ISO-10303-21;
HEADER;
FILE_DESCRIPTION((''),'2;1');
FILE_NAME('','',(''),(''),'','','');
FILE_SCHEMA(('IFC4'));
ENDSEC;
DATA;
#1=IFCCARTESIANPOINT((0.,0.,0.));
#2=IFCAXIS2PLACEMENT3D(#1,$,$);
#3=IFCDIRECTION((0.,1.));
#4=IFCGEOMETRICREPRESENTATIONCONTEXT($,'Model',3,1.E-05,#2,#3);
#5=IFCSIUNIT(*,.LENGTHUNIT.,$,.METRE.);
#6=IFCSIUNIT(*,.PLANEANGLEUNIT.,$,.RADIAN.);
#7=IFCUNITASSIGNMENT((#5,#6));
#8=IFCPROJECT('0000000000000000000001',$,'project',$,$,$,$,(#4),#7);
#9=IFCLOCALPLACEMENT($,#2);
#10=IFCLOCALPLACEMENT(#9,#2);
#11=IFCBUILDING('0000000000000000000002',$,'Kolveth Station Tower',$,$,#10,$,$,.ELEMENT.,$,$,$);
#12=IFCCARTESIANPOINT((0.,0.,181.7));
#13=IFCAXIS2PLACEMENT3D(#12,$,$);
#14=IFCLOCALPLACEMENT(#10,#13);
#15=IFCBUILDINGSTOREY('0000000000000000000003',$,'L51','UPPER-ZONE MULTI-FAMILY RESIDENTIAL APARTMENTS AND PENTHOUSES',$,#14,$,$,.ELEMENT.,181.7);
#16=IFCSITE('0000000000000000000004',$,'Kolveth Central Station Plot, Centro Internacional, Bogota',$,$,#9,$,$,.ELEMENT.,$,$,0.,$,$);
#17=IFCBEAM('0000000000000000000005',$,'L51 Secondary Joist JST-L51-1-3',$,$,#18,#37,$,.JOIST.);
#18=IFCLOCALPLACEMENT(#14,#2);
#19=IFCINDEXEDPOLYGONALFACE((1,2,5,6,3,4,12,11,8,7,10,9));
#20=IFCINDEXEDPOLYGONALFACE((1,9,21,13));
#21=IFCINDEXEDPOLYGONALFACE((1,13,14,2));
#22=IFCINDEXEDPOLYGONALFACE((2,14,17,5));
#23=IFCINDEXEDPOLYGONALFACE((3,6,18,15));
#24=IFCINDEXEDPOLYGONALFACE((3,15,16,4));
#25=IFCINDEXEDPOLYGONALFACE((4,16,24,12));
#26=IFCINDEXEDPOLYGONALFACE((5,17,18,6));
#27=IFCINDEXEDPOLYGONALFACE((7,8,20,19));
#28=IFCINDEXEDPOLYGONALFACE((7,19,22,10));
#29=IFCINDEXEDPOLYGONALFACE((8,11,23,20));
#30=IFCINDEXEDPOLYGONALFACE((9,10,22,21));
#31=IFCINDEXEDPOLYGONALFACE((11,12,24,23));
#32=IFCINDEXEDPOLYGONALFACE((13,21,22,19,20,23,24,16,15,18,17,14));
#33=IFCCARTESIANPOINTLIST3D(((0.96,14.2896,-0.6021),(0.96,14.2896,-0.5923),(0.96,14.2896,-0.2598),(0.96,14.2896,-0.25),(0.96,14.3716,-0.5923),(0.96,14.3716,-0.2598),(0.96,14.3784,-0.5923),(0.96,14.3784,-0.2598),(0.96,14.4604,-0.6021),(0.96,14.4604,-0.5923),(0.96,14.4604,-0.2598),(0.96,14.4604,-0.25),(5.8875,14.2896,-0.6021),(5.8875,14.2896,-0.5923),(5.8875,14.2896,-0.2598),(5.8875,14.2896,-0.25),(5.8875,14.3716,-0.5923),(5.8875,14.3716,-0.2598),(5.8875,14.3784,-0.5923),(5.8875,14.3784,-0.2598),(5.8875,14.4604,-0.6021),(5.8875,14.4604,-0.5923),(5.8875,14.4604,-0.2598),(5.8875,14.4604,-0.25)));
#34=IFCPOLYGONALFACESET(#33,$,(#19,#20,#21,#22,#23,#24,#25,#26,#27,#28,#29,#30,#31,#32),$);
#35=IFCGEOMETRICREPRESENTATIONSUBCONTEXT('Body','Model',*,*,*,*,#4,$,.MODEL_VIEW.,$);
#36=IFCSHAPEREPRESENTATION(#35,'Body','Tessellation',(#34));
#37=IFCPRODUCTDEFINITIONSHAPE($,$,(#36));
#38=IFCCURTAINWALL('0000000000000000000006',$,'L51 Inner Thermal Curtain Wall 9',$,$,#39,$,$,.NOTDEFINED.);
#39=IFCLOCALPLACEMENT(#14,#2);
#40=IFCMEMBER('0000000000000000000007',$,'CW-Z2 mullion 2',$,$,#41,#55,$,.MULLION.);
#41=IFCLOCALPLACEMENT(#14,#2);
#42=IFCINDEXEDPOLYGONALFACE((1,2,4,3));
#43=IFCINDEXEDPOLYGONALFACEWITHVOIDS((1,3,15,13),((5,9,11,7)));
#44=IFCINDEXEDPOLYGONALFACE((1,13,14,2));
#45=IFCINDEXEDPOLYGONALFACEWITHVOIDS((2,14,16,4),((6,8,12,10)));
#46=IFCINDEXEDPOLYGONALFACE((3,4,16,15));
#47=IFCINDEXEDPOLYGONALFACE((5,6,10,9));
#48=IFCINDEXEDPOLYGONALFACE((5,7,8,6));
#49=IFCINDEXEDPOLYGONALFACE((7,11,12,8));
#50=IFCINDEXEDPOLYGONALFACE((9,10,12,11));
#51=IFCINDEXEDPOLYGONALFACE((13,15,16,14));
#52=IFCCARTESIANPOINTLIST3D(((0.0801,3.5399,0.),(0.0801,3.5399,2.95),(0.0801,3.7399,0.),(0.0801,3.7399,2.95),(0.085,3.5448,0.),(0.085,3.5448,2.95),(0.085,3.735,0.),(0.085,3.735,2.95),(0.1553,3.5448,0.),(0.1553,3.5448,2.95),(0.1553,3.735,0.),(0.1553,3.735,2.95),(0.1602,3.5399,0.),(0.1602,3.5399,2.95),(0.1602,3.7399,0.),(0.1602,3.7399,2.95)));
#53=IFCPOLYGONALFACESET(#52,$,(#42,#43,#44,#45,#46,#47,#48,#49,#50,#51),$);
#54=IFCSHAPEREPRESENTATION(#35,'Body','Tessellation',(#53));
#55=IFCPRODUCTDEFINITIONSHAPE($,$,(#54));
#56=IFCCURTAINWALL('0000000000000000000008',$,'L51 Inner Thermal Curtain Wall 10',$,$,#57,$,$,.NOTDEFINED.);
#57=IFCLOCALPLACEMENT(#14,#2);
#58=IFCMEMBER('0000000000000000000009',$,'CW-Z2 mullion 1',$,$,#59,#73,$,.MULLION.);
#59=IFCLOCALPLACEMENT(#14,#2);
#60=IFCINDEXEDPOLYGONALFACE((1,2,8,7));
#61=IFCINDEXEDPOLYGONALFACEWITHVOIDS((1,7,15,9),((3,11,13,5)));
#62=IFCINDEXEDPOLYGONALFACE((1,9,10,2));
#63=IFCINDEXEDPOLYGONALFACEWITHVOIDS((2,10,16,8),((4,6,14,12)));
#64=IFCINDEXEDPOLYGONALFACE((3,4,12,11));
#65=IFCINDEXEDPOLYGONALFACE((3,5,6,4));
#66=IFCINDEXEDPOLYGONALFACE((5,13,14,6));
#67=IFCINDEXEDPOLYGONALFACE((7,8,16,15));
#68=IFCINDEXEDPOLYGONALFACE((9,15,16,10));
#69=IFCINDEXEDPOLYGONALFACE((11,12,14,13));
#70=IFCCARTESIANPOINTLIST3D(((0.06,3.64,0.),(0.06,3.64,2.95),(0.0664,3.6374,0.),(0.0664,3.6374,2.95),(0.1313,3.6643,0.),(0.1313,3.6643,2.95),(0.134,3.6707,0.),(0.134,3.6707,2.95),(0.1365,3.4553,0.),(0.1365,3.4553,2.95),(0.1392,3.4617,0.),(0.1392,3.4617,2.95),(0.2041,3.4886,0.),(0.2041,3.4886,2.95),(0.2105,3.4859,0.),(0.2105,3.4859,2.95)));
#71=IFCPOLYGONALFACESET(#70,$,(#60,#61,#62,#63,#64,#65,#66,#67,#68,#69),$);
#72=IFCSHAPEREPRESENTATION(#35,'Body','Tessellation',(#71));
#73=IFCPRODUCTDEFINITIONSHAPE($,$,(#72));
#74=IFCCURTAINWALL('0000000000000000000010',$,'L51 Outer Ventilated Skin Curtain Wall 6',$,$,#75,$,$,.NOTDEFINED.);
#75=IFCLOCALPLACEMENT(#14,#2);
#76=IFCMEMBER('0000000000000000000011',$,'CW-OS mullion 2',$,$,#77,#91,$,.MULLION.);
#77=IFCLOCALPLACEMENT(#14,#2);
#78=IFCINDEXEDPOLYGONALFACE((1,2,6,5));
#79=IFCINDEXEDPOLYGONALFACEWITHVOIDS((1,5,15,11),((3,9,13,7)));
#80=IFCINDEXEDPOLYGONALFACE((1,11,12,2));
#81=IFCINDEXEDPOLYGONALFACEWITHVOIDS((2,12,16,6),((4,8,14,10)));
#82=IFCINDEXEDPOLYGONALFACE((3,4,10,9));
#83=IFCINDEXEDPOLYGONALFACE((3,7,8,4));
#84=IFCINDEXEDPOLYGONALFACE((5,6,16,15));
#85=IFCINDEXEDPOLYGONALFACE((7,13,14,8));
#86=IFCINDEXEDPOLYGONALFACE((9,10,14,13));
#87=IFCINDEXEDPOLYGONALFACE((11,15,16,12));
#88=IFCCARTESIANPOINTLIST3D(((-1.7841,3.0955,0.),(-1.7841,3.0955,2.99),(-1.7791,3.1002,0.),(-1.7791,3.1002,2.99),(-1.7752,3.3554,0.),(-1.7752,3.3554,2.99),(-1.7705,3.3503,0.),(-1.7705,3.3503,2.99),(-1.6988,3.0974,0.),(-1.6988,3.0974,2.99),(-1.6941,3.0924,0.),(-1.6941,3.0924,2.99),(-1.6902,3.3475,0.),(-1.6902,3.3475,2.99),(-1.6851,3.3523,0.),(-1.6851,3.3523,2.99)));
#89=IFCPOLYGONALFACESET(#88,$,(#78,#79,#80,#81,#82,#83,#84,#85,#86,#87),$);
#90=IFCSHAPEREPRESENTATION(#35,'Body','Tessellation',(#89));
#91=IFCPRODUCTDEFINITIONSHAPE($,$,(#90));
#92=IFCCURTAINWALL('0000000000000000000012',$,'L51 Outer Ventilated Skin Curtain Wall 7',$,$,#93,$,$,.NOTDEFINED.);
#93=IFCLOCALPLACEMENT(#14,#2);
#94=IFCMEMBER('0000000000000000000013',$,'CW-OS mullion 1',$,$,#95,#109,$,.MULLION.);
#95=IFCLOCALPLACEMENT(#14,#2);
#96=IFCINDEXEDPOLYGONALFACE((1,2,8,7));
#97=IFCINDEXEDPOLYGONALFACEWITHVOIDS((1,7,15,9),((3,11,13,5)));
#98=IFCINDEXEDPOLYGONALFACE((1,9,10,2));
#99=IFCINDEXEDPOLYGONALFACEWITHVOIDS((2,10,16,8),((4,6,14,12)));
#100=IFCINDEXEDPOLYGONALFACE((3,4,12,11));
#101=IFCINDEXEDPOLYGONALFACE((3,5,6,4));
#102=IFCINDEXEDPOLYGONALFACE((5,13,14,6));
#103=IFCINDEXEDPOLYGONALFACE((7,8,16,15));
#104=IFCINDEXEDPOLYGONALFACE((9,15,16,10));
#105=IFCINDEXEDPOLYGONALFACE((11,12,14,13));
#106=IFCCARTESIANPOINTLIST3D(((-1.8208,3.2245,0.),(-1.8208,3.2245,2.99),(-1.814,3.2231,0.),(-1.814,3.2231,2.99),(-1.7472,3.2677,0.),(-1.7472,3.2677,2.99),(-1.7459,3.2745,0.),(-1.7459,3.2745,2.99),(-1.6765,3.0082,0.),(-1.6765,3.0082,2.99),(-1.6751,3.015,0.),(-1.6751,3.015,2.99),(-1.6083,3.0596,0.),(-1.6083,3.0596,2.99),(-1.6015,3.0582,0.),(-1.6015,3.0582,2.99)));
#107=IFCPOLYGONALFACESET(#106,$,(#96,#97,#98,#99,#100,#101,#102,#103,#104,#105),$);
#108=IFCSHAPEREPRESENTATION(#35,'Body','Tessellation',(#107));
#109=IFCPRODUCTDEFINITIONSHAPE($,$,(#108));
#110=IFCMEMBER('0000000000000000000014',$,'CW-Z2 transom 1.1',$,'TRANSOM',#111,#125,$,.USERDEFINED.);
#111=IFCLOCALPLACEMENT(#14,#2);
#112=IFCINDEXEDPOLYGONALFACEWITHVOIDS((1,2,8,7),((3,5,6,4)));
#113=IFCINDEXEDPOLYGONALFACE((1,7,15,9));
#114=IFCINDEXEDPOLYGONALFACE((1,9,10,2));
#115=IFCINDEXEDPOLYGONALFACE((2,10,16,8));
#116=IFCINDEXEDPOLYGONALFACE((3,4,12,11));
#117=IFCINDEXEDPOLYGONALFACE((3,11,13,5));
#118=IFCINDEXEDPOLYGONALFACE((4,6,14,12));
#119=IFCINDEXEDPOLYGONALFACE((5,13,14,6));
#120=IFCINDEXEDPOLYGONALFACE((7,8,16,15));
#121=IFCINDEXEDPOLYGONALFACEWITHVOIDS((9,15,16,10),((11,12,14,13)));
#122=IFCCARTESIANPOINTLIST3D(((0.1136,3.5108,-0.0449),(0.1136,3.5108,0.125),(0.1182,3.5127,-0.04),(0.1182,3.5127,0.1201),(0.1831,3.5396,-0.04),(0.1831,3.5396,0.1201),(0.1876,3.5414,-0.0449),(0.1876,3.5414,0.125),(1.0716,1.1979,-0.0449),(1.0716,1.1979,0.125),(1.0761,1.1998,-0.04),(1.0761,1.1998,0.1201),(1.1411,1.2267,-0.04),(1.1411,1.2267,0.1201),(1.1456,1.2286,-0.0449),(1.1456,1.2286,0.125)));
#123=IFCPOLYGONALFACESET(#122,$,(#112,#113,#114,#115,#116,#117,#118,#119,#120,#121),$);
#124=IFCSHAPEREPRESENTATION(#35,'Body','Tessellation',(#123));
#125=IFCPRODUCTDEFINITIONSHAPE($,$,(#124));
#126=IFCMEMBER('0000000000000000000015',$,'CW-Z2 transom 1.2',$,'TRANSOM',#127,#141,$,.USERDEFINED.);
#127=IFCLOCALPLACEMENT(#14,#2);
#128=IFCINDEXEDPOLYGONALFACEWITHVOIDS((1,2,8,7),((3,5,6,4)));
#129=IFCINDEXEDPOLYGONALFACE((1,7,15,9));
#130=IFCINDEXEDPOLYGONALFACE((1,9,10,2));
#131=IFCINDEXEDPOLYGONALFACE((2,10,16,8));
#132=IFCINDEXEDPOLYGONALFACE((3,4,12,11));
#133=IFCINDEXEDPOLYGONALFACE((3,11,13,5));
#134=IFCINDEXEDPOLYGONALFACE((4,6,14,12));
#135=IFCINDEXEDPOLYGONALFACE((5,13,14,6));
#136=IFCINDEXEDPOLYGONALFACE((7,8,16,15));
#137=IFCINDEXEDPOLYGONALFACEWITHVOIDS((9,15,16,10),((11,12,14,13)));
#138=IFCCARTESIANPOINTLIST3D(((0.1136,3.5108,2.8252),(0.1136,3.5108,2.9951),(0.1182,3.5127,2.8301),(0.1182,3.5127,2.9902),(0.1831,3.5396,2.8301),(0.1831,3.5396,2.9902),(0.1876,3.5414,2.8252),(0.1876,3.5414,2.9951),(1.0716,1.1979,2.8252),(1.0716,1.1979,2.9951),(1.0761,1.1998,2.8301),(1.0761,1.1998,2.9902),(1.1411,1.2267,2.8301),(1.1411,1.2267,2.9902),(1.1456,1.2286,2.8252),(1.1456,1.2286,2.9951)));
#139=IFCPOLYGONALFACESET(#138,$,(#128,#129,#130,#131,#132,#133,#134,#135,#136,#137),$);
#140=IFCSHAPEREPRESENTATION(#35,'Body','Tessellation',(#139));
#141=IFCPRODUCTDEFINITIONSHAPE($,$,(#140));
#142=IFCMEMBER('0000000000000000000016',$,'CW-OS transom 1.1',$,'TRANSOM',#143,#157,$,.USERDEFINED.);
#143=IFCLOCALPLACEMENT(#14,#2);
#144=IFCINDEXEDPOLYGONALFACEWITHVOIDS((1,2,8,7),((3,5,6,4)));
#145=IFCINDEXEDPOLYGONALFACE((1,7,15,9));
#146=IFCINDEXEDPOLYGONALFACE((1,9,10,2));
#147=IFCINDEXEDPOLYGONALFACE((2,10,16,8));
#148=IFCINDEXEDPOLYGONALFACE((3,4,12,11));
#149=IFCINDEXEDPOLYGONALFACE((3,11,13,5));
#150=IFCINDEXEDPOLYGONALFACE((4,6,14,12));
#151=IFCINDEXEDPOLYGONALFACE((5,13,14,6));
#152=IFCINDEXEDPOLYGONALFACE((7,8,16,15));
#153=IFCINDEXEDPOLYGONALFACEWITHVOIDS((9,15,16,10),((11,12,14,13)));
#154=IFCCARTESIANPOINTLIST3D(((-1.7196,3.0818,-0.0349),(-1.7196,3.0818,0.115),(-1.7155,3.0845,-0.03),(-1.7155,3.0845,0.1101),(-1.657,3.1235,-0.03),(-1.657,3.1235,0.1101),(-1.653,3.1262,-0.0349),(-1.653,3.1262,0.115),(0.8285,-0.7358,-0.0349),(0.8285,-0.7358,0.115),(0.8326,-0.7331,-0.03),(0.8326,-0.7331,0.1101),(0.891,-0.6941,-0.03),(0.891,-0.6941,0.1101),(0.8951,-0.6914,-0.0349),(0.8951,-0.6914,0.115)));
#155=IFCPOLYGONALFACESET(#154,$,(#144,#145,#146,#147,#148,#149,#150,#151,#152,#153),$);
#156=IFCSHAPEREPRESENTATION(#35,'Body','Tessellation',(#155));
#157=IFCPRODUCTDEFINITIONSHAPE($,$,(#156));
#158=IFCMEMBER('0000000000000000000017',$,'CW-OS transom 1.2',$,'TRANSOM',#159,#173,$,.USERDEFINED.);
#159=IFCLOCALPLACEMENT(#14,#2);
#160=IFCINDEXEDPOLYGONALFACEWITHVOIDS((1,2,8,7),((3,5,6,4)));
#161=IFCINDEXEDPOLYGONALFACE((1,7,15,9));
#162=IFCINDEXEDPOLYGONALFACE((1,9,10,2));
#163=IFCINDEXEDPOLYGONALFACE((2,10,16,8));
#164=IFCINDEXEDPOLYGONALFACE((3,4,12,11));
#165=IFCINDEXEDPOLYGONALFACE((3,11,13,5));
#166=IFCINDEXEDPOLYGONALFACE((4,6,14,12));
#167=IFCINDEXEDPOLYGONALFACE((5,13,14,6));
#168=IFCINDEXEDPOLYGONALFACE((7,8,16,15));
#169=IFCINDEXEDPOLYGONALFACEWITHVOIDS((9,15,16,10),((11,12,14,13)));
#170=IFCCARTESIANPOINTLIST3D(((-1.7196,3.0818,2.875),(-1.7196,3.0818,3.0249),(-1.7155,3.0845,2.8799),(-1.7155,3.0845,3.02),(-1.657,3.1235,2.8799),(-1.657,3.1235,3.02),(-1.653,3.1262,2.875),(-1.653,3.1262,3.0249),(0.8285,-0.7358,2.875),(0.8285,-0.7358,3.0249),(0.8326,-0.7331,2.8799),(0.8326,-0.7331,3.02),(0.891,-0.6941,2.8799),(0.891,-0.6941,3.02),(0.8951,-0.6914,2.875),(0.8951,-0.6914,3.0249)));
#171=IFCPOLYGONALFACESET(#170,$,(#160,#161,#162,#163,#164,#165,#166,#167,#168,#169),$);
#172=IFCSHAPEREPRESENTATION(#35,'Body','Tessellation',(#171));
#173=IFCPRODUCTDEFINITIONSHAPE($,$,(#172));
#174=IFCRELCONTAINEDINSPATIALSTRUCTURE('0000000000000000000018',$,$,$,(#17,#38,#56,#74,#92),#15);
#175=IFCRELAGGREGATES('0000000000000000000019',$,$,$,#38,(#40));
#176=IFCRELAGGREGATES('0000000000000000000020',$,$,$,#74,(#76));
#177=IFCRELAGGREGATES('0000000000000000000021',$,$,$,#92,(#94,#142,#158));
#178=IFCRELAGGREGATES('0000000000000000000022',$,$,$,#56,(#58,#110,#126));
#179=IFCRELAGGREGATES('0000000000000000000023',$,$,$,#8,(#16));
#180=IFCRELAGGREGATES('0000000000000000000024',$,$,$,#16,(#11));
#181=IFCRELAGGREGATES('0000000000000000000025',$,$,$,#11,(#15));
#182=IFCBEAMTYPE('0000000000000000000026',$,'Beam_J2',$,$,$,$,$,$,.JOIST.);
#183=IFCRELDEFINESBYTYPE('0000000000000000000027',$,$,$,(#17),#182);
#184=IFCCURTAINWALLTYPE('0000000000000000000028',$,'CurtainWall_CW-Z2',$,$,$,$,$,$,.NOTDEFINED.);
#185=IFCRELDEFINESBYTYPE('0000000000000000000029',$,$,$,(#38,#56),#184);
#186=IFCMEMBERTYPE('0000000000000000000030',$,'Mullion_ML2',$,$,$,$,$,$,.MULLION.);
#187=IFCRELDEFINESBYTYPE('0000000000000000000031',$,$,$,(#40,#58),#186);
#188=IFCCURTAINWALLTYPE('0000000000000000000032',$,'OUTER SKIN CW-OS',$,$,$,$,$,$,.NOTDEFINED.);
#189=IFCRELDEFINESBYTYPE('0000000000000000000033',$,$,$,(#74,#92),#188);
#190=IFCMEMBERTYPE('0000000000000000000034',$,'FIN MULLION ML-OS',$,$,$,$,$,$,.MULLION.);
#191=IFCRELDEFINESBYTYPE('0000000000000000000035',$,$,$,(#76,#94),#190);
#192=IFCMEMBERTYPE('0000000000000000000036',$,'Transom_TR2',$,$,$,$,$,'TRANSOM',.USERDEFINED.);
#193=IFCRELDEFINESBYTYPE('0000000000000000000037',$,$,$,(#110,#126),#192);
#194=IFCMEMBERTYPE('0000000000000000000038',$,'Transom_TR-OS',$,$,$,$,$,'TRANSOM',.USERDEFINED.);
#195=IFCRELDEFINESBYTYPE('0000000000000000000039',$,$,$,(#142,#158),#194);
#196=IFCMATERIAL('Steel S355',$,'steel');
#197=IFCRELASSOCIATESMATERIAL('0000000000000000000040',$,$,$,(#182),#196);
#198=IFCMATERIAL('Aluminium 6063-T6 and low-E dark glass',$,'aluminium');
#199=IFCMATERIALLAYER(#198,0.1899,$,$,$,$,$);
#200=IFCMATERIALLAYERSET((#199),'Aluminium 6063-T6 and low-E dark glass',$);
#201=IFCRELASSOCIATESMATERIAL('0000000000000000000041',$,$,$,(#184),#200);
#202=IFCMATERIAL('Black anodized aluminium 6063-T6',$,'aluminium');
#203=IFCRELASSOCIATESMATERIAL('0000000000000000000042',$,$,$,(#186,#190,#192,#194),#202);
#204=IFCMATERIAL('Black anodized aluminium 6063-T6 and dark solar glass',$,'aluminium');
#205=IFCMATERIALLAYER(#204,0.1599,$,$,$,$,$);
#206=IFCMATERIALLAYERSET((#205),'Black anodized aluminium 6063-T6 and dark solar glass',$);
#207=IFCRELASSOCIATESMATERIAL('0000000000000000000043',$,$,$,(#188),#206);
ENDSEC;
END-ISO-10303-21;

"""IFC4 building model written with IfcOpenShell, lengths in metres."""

from ifc_helpers import new_model, si_unit, direction, frame, origin, origin_2d, place, context, subcontext, project, spatial, hollow_rectangle, i_section, extrude, source, transform, mapped, material, layer, layer_set, material_profile, profile_set, type_object, element, aggregate, save


model = new_model("IFC4")

# Units and contexts
model_context = context("Model", 3, precision=1e-05, world=origin(), true_north=direction((0.0, 1.0)))
body_context = subcontext(model_context, "Body", "Model", "MODEL_VIEW")
ifc_project = project(units=[si_unit("LENGTHUNIT", "METRE"), si_unit("PLANEANGLEUNIT", "RADIAN")], contexts=[model_context])

# Site, building, storey
site_placement = place(None, origin())
site = spatial("IfcSite", under=ifc_project, at=site_placement, Name="Kolveth Central Station Plot, Centro Internacional, Bogota", CompositionType="ELEMENT", RefElevation=0.0)
building_placement = place(site_placement, origin())
building = spatial("IfcBuilding", under=site, at=building_placement, Name="Kolveth Station Tower", CompositionType="ELEMENT")
storey_placement = place(building_placement, frame((0.0, 0.0, 181.7)))
storey = spatial("IfcBuildingStorey", under=building, at=storey_placement, Name="L51", Description="UPPER-ZONE MULTI-FAMILY RESIDENTIAL APARTMENTS AND PENTHOUSES", CompositionType="ELEMENT", Elevation=181.7)

# Shared definitions
ifc_material_1 = material(Name="Steel S355", Category="steel")

# Beam
ifc_material_profile_1 = material_profile(ifc_material_1, i_section(OverallWidth=0.1709, OverallDepth=0.3521, WebThickness=0.0068, FlangeThickness=0.0098, at=origin_2d()), Name="W360x44")
ifc_profile_set_1 = profile_set([ifc_material_profile_1], Name="Steel S355")
beam_type_1 = type_object("IfcBeamType", Name="Beam_J2", PredefinedType="JOIST", material=ifc_profile_set_1)
shared_shape_1 = source(origin(), body_context, "Body", "SweptSolid", [
    extrude(i_section(OverallWidth=0.1709, OverallDepth=0.3521, WebThickness=0.0068, FlangeThickness=0.0098, at=origin_2d()), origin(), (0.0, 0.0, 1.0), 4.9275),
])
for number, where, z_axis, x_axis, name in (
    (1, (0.96, 14.375, -0.426), (1.0, 0.0, 0.0), (0.0, 1.0, 0.0), "L51 Secondary Joist JST-L51-1-3"),
):
    element("IfcBeam", number, at=place(storey_placement, frame(where, z_axis=z_axis, x_axis=x_axis)), inside=storey, type_object=beam_type_1, Name=name, PredefinedType="JOIST", context=body_context, shape_type="MappedRepresentation", body=[
        mapped(shared_shape_1, transform((0.0, 0.0, 0.0), x_axis=(1.0, 0.0, 0.0), y_axis=(0.0, 1.0, 0.0), z_axis=(0.0, 0.0, 1.0), scale=1.0)),
    ])

# Curtain walls, members
ifc_material_2 = material(Name="Aluminium 6063-T6 and low-E dark glass", Category="aluminium")
ifc_layer_1 = layer(ifc_material_2, 0.1899)
ifc_layer_set_1 = layer_set([ifc_layer_1], Name="Aluminium 6063-T6 and low-E dark glass")
curtain_wall_type_1 = type_object("IfcCurtainWallType", Name="CurtainWall_CW-Z2", PredefinedType="NOTDEFINED", material=ifc_layer_set_1)
curtain_wall_1_placement = place(storey_placement, origin())
curtain_wall_1 = element("IfcCurtainWall", 2, at=curtain_wall_1_placement, inside=storey, type_object=curtain_wall_type_1, Name="L51 Inner Thermal Curtain Wall 9", PredefinedType="NOTDEFINED")
ifc_material_3 = material(Name="Black anodized aluminium 6063-T6", Category="aluminium")
ifc_material_profile_2 = material_profile(ifc_material_3, hollow_rectangle(XDim=0.0801, YDim=0.2, WallThickness=0.0049, at=origin_2d()), Name="ALU-80x200x5")
ifc_profile_set_2 = profile_set([ifc_material_profile_2], Name="Black anodized aluminium 6063-T6")
member_type_1 = type_object("IfcMemberType", Name="Mullion_ML2", PredefinedType="MULLION", material=ifc_profile_set_2)
shared_shape_2 = source(origin(), body_context, "Body", "SweptSolid", [
    extrude(hollow_rectangle(XDim=0.0801, YDim=0.2, WallThickness=0.0049, at=origin_2d()), origin(), (0.0, 0.0, 1.0), 2.95),
])
member_1_placement = place(storey_placement, frame((0.1201, 3.6399, 0.0), z_axis=(0.0, 0.0, 1.0), x_axis=(1.0, 0.0, 0.0)))
member_1 = element("IfcMember", 3, at=member_1_placement, type_object=member_type_1, Name="CW-Z2 mullion 2", PredefinedType="MULLION", context=body_context, shape_type="MappedRepresentation", body=[
    mapped(shared_shape_2, transform((0.0, 0.0, 0.0), x_axis=(1.0, 0.0, 0.0), y_axis=(0.0, 1.0, 0.0), z_axis=(0.0, 0.0, 1.0), scale=1.0)),
])
aggregate(curtain_wall_1, [member_1])
curtain_wall_2_placement = place(storey_placement, origin())
curtain_wall_2 = element("IfcCurtainWall", 4, at=curtain_wall_2_placement, inside=storey, type_object=curtain_wall_type_1, Name="L51 Inner Thermal Curtain Wall 10", PredefinedType="NOTDEFINED")
member_2_placement = place(storey_placement, frame((0.1353, 3.563, 0.0), z_axis=(0.0, 0.0, 1.0), x_axis=(0.923874, 0.382698, 0.0)))
member_2 = element("IfcMember", 5, at=member_2_placement, type_object=member_type_1, Name="CW-Z2 mullion 1", PredefinedType="MULLION", context=body_context, shape_type="MappedRepresentation", body=[
    mapped(shared_shape_2, transform((0.0, 0.0, 0.0), x_axis=(1.0, 0.0, 0.0), y_axis=(0.0, 1.0, 0.0), z_axis=(0.0, 0.0, 1.0), scale=1.0)),
])
ifc_material_4 = material(Name="Black anodized aluminium 6063-T6 and dark solar glass", Category="aluminium")
ifc_layer_2 = layer(ifc_material_4, 0.1599)
ifc_layer_set_2 = layer_set([ifc_layer_2], Name="Black anodized aluminium 6063-T6 and dark solar glass")
curtain_wall_type_2 = type_object("IfcCurtainWallType", Name="OUTER SKIN CW-OS", PredefinedType="NOTDEFINED", material=ifc_layer_set_2)
curtain_wall_3_placement = place(storey_placement, origin())
curtain_wall_3 = element("IfcCurtainWall", 6, at=curtain_wall_3_placement, inside=storey, type_object=curtain_wall_type_2, Name="L51 Outer Ventilated Skin Curtain Wall 6", PredefinedType="NOTDEFINED")
ifc_material_profile_3 = material_profile(ifc_material_3, hollow_rectangle(XDim=0.0901, YDim=0.26, WallThickness=0.0049, at=origin_2d()), Name="ALU-90x260x5")
ifc_profile_set_3 = profile_set([ifc_material_profile_3], Name="Black anodized aluminium 6063-T6")
member_type_2 = type_object("IfcMemberType", Name="FIN MULLION ML-OS", PredefinedType="MULLION", material=ifc_profile_set_3)
shared_shape_3 = source(origin(), body_context, "Body", "SweptSolid", [
    extrude(hollow_rectangle(XDim=0.0901, YDim=0.26, WallThickness=0.0049, at=origin_2d()), origin(), (0.0, 0.0, 1.0), 2.99),
])
member_3_placement = place(storey_placement, frame((-1.7346, 3.2239, 0.0), z_axis=(0.0, 0.0, 1.0), x_axis=(0.99941, -0.034336, 0.0)))
member_3 = element("IfcMember", 7, at=member_3_placement, type_object=member_type_2, Name="CW-OS mullion 2", PredefinedType="MULLION", context=body_context, shape_type="MappedRepresentation", body=[
    mapped(shared_shape_3, transform((0.0, 0.0, 0.0), x_axis=(1.0, 0.0, 0.0), y_axis=(0.0, 1.0, 0.0), z_axis=(0.0, 0.0, 1.0), scale=1.0)),
])
aggregate(curtain_wall_3, [member_3])
curtain_wall_4_placement = place(storey_placement, origin())
curtain_wall_4 = element("IfcCurtainWall", 8, at=curtain_wall_4_placement, inside=storey, type_object=curtain_wall_type_2, Name="L51 Outer Ventilated Skin Curtain Wall 7", PredefinedType="NOTDEFINED")
member_4_placement = place(storey_placement, frame((-1.7112, 3.1414, 0.0), z_axis=(0.0, 0.0, 1.0), x_axis=(0.831757, 0.55514, 0.0)))
member_4 = element("IfcMember", 9, at=member_4_placement, type_object=member_type_2, Name="CW-OS mullion 1", PredefinedType="MULLION", context=body_context, shape_type="MappedRepresentation", body=[
    mapped(shared_shape_3, transform((0.0, 0.0, 0.0), x_axis=(1.0, 0.0, 0.0), y_axis=(0.0, 1.0, 0.0), z_axis=(0.0, 0.0, 1.0), scale=1.0)),
])

# Members
ifc_material_profile_4 = material_profile(ifc_material_3, hollow_rectangle(XDim=0.0801, YDim=0.1699, WallThickness=0.0049, at=origin_2d()), Name="ALU-80x170x5")
ifc_profile_set_4 = profile_set([ifc_material_profile_4], Name="Black anodized aluminium 6063-T6")
member_type_3 = type_object("IfcMemberType", Name="Transom_TR2", ElementType="TRANSOM", PredefinedType="USERDEFINED", material=ifc_profile_set_4)
shared_shape_4 = source(origin(), body_context, "Body", "SweptSolid", [
    extrude(hollow_rectangle(XDim=0.0801, YDim=0.1699, WallThickness=0.0049, at=origin_2d()), origin(), (0.0, 0.0, 1.0), 2.5034),
])
member_5_placement = place(storey_placement, frame((0.1506, 3.5261, 0.04), z_axis=(0.382662, -0.923888, 0.0), x_axis=(0.923888, 0.382662, 0.0)))
member_5 = element("IfcMember", 10, at=member_5_placement, type_object=member_type_3, Name="CW-Z2 transom 1.1", ObjectType="TRANSOM", PredefinedType="USERDEFINED", context=body_context, shape_type="MappedRepresentation", body=[
    mapped(shared_shape_4, transform((0.0, 0.0, 0.0), x_axis=(1.0, 0.0, 0.0), y_axis=(0.0, 1.0, 0.0), z_axis=(0.0, 0.0, 1.0), scale=1.0)),
])
member_6_placement = place(storey_placement, frame((0.1506, 3.5261, 2.9102), z_axis=(0.382662, -0.923888, 0.0), x_axis=(0.923888, 0.382662, 0.0)))
member_6 = element("IfcMember", 11, at=member_6_placement, type_object=member_type_3, Name="CW-Z2 transom 1.2", ObjectType="TRANSOM", PredefinedType="USERDEFINED", context=body_context, shape_type="MappedRepresentation", body=[
    mapped(shared_shape_4, transform((0.0, 0.0, 0.0), x_axis=(1.0, 0.0, 0.0), y_axis=(0.0, 1.0, 0.0), z_axis=(0.0, 0.0, 1.0), scale=1.0)),
])
ifc_material_profile_5 = material_profile(ifc_material_3, hollow_rectangle(XDim=0.0801, YDim=0.1499, WallThickness=0.0049, at=origin_2d()), Name="ALU-80x150x5")
ifc_profile_set_5 = profile_set([ifc_material_profile_5], Name="Black anodized aluminium 6063-T6")
member_type_4 = type_object("IfcMemberType", Name="Transom_TR-OS", ElementType="TRANSOM", PredefinedType="USERDEFINED", material=ifc_profile_set_5)
shared_shape_5 = source(origin(), body_context, "Body", "SweptSolid", [
    extrude(hollow_rectangle(XDim=0.0801, YDim=0.1499, WallThickness=0.0049, at=origin_2d()), origin(), (0.0, 0.0, 1.0), 4.5898),
])
member_7_placement = place(storey_placement, frame((-1.6863, 3.104, 0.04), z_axis=(0.555154, -0.831747, 0.0), x_axis=(0.831747, 0.555154, 0.0)))
member_7 = element("IfcMember", 12, at=member_7_placement, type_object=member_type_4, Name="CW-OS transom 1.1", ObjectType="TRANSOM", PredefinedType="USERDEFINED", context=body_context, shape_type="MappedRepresentation", body=[
    mapped(shared_shape_5, transform((0.0, 0.0, 0.0), x_axis=(1.0, 0.0, 0.0), y_axis=(0.0, 1.0, 0.0), z_axis=(0.0, 0.0, 1.0), scale=1.0)),
])
member_8_placement = place(storey_placement, frame((-1.6863, 3.104, 2.95), z_axis=(0.555154, -0.831747, 0.0), x_axis=(0.831747, 0.555154, 0.0)))
member_8 = element("IfcMember", 13, at=member_8_placement, type_object=member_type_4, Name="CW-OS transom 1.2", ObjectType="TRANSOM", PredefinedType="USERDEFINED", context=body_context, shape_type="MappedRepresentation", body=[
    mapped(shared_shape_5, transform((0.0, 0.0, 0.0), x_axis=(1.0, 0.0, 0.0), y_axis=(0.0, 1.0, 0.0), z_axis=(0.0, 0.0, 1.0), scale=1.0)),
])
aggregate(curtain_wall_4, [member_4, member_7, member_8])

aggregate(curtain_wall_2, [member_2, member_5, member_6])

save(model, "model.ifc")
